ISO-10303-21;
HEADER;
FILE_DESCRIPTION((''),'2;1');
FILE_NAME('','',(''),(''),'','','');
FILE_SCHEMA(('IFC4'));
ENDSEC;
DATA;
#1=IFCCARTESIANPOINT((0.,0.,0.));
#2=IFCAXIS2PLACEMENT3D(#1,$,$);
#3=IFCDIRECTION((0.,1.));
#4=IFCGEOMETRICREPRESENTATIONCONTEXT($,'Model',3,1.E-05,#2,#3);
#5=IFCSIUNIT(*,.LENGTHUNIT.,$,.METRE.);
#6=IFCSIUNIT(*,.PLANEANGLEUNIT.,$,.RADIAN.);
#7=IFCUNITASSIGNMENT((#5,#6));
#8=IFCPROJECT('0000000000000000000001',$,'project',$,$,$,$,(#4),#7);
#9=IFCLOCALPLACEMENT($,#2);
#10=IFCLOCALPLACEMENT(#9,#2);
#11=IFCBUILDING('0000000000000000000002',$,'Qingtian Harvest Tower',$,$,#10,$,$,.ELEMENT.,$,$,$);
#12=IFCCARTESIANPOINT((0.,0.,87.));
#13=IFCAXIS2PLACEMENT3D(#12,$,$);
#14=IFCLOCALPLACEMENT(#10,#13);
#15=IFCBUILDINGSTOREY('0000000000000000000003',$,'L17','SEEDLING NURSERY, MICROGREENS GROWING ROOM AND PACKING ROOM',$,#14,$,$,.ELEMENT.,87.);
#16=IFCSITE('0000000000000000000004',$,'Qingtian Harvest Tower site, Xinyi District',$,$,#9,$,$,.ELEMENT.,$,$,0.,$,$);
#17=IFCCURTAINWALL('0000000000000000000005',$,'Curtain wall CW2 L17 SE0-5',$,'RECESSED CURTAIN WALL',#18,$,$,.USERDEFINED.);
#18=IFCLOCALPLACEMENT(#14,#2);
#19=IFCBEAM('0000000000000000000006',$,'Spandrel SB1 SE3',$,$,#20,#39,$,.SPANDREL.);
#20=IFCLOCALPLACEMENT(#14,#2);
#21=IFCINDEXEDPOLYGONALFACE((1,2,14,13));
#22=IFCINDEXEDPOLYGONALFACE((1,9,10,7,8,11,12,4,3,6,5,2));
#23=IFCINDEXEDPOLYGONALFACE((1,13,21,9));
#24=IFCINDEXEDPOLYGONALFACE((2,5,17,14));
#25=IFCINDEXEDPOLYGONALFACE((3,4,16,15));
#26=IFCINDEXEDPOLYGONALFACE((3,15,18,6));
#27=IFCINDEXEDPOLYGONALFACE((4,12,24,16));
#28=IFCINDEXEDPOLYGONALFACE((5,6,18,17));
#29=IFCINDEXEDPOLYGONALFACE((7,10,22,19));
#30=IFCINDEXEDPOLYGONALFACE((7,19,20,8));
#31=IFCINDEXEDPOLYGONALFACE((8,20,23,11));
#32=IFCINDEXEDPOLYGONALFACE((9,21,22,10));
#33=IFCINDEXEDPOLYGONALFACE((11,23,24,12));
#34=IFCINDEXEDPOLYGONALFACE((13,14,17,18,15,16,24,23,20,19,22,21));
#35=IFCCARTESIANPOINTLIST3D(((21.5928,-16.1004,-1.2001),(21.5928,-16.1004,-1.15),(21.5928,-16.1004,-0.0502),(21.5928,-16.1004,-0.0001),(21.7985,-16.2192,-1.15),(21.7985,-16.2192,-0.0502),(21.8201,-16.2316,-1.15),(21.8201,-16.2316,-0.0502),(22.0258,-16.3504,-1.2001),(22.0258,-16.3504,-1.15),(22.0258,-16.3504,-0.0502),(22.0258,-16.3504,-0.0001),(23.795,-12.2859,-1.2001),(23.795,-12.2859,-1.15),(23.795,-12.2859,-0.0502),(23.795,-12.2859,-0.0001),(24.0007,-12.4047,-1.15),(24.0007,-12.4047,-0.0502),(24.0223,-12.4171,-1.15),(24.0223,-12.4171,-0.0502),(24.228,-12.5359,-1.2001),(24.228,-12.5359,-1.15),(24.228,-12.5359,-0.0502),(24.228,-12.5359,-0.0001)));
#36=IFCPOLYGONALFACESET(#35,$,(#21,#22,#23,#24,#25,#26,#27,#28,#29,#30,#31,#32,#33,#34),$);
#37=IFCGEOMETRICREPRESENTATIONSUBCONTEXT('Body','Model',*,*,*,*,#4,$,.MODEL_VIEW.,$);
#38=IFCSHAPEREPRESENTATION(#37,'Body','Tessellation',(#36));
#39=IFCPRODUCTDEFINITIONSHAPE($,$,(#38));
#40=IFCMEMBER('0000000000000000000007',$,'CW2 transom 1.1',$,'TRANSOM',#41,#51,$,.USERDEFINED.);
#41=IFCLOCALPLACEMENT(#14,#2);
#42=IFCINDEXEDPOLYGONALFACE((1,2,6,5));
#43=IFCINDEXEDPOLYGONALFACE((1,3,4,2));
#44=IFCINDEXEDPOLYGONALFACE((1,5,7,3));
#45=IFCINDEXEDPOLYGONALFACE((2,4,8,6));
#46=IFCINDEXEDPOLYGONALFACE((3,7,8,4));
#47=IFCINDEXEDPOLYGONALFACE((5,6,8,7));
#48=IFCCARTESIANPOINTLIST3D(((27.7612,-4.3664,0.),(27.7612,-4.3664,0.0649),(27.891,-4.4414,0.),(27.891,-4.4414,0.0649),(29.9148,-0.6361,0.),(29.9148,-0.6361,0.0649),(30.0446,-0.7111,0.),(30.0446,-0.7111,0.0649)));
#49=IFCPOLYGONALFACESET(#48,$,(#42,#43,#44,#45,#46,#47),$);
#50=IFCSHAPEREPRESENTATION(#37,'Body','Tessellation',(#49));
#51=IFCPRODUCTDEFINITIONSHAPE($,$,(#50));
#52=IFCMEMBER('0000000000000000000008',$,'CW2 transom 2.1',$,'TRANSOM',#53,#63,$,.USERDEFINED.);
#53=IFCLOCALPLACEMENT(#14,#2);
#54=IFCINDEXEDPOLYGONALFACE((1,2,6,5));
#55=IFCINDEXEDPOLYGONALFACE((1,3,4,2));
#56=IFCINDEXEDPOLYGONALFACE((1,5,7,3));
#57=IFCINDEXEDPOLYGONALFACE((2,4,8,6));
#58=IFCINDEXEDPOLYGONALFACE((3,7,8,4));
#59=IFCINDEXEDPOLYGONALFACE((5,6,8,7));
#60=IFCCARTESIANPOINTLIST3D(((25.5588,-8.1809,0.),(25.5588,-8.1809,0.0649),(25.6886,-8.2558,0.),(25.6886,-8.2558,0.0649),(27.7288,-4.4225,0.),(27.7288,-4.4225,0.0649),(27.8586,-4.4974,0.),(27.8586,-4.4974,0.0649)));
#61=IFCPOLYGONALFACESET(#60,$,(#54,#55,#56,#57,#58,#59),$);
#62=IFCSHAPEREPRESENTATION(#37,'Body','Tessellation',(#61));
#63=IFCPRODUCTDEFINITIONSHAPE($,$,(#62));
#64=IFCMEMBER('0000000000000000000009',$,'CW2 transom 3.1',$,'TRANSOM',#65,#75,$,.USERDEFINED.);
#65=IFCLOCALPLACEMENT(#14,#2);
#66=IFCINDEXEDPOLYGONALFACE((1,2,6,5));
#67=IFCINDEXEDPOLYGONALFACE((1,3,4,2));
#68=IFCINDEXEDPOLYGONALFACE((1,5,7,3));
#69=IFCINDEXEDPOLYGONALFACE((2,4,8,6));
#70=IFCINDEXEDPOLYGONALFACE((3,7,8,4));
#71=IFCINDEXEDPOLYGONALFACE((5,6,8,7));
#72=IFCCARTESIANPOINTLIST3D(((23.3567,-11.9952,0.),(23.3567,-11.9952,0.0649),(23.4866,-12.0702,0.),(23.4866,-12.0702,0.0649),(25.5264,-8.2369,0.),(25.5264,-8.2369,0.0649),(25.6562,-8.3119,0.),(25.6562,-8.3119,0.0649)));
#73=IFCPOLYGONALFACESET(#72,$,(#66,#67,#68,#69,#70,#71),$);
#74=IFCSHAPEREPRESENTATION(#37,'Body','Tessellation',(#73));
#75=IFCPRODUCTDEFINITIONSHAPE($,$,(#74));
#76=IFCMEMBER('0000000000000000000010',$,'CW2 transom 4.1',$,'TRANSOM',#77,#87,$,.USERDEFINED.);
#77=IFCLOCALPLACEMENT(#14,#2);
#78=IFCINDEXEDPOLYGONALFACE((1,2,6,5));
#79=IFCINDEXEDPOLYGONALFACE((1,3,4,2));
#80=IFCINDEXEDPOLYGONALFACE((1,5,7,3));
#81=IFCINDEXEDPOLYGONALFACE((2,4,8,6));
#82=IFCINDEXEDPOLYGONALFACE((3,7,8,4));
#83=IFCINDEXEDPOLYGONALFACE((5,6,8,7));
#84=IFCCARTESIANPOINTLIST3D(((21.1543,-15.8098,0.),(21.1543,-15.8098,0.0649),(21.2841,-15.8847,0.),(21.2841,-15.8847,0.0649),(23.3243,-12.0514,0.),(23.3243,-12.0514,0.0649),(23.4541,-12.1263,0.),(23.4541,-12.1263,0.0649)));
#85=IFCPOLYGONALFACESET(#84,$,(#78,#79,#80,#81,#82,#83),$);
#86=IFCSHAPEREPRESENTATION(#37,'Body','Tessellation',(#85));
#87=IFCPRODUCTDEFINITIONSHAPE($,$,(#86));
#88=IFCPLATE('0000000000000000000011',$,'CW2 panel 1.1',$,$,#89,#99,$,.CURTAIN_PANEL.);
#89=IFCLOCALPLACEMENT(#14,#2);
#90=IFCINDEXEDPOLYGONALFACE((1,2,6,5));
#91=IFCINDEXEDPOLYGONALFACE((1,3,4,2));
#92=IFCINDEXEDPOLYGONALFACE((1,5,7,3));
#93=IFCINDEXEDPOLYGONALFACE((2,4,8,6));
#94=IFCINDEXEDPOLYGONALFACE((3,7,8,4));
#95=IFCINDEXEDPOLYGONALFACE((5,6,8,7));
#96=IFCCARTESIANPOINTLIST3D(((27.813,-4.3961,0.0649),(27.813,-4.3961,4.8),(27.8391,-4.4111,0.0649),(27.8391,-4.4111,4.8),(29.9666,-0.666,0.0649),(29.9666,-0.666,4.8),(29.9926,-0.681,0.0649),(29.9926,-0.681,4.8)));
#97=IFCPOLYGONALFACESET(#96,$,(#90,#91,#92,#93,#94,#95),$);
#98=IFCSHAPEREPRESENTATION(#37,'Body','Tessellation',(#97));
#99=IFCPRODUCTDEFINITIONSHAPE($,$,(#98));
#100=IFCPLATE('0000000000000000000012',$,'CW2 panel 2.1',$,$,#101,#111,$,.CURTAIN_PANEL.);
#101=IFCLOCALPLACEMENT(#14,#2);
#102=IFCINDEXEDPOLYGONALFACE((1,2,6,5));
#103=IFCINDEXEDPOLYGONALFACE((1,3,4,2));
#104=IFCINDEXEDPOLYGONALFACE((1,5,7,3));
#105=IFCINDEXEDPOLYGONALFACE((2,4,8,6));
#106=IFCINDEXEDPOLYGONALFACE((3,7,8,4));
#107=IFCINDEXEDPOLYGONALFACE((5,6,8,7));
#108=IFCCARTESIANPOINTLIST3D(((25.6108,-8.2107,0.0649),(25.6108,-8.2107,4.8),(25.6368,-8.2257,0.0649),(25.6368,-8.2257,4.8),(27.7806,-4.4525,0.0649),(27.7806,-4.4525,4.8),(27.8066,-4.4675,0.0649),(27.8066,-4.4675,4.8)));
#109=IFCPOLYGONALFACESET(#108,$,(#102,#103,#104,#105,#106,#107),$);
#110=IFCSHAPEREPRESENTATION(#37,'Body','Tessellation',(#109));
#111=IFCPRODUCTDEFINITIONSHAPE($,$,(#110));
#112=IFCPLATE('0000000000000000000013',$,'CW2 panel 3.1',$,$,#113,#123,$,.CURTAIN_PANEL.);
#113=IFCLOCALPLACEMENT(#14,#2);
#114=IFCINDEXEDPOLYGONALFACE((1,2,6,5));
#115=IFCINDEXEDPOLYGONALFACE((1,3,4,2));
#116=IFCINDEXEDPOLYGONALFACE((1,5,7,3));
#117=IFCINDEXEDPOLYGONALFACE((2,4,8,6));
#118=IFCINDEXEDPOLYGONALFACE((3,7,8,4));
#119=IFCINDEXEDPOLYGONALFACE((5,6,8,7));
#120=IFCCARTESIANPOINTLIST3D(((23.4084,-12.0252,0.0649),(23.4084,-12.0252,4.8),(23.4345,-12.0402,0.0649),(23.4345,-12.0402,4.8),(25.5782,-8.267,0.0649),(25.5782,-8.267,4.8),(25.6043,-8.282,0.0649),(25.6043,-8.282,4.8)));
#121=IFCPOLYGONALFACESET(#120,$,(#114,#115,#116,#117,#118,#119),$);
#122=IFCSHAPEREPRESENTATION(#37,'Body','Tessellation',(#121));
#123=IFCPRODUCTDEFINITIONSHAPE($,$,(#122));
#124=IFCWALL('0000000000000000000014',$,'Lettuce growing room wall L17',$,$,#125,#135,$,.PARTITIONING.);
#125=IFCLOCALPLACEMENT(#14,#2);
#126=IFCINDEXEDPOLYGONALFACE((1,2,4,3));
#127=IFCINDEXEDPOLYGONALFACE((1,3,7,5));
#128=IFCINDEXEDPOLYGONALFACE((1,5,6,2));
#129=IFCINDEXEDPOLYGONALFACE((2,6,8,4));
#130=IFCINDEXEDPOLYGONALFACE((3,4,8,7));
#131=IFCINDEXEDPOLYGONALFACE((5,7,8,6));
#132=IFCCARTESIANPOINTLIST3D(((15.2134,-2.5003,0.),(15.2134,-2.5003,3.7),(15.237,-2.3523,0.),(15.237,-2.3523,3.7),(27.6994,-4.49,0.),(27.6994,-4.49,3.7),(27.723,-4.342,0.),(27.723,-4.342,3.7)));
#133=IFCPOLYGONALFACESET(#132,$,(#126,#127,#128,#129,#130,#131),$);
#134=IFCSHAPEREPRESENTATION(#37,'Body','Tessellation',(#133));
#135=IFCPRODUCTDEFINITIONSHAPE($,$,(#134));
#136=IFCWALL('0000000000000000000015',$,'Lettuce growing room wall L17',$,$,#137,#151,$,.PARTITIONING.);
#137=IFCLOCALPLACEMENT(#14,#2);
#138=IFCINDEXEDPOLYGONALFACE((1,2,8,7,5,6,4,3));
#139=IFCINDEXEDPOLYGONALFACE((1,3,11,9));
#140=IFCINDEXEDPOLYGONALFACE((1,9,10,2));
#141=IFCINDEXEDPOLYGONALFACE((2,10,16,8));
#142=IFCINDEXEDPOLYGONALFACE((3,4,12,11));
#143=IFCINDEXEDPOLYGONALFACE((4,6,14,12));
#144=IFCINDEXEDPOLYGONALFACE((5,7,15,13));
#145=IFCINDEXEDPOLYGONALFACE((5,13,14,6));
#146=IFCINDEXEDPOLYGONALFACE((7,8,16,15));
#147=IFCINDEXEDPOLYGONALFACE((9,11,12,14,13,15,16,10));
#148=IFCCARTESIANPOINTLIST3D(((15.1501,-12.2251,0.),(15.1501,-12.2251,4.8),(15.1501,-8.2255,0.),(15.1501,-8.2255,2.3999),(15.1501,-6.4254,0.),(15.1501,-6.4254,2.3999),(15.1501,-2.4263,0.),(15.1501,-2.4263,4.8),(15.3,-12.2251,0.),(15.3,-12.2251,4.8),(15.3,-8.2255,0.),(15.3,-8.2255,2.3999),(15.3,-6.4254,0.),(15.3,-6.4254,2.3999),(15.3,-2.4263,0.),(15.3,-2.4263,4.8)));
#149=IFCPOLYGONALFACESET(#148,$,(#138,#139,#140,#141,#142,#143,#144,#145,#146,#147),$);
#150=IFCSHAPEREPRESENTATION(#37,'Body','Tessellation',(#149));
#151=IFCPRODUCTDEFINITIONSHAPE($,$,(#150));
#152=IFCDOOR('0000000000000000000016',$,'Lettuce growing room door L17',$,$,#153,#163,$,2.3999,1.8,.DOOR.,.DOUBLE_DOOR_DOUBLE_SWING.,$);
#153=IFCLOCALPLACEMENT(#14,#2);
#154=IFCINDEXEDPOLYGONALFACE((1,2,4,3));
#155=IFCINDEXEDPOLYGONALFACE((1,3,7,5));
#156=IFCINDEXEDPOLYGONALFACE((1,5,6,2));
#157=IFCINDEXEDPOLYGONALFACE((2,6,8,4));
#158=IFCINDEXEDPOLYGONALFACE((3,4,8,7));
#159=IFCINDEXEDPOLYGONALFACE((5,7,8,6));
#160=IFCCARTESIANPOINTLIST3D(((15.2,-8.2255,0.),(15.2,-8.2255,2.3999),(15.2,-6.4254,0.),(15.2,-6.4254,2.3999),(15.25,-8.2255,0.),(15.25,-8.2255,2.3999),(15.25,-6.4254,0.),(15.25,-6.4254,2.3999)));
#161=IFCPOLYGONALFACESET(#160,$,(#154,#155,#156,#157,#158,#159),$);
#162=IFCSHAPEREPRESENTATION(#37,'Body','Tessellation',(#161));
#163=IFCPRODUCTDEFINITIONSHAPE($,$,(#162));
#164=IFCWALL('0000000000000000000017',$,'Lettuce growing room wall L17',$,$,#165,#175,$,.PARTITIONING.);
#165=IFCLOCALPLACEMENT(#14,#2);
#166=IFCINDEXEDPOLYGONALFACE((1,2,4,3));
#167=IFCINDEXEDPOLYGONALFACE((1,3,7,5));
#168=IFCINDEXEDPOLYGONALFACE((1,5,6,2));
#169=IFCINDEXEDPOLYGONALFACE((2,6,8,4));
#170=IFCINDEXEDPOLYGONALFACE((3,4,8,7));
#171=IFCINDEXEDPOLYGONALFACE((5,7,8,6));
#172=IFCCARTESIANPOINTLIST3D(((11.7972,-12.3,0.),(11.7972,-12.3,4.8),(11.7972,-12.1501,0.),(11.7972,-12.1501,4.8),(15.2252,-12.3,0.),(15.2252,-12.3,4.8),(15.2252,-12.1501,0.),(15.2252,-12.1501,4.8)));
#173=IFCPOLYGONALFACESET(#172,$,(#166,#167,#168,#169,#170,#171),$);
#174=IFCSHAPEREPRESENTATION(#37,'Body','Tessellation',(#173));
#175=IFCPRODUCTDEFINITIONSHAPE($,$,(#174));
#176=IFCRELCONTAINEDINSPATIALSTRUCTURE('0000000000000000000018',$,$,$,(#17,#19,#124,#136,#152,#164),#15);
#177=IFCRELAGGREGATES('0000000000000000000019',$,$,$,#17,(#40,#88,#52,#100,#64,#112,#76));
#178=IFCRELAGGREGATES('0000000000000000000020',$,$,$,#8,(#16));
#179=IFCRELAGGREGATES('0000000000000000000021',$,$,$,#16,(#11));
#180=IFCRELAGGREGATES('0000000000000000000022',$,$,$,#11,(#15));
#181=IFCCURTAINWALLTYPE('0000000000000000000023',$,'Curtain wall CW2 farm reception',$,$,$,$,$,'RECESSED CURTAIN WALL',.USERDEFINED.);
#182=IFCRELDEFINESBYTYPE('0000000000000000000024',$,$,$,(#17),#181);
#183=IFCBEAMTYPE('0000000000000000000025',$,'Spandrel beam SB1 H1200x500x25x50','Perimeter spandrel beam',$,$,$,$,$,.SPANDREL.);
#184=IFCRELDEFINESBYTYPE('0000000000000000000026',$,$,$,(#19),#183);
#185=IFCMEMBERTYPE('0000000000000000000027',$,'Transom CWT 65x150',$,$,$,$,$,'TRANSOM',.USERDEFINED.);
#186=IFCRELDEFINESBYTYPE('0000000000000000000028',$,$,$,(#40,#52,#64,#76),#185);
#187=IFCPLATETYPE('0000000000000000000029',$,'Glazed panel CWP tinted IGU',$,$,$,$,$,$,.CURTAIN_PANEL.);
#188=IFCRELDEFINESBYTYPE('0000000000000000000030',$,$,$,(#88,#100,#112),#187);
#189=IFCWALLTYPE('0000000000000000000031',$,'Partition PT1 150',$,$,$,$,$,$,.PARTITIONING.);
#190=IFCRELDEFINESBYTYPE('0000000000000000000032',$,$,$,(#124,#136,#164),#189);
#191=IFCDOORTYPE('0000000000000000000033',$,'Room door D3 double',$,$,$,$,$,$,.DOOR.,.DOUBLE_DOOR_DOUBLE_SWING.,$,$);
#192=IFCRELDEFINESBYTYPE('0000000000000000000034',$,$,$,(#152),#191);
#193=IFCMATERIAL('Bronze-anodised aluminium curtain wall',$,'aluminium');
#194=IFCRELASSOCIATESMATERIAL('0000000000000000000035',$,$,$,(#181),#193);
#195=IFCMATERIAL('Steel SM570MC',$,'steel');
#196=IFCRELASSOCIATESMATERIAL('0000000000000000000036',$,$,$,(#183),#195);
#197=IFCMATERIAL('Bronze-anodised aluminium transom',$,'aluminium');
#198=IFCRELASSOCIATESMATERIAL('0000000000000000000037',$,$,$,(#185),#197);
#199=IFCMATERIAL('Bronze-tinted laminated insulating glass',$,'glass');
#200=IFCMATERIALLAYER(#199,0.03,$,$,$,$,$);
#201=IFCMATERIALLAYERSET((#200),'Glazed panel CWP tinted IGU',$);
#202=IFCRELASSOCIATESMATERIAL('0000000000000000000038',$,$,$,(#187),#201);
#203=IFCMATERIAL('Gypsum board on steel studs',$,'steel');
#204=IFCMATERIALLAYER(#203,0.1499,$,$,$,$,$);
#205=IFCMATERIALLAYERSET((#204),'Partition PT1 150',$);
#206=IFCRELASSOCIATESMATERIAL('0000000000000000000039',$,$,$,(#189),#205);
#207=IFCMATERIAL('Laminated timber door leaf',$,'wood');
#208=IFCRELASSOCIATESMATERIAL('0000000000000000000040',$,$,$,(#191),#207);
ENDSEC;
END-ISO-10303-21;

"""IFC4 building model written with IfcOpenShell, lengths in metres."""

from ifc_helpers import new_model, si_unit, direction, frame, frame_2d, origin, origin_2d, place, context, subcontext, project, spatial, rectangle, i_section, extrude, material, layer, layer_set, material_profile, profile_set, type_object, element, fill, aggregate, save


model = new_model("IFC4")

# Units and contexts
model_context = context("Model", 3, precision=1e-05, world=origin(), true_north=direction((0.0, 1.0)))
body_context = subcontext(model_context, "Body", "Model", "MODEL_VIEW")
ifc_project = project(units=[si_unit("LENGTHUNIT", "METRE"), si_unit("PLANEANGLEUNIT", "RADIAN")], contexts=[model_context])

# Site, building, storey
site_placement = place(None, origin())
site = spatial("IfcSite", under=ifc_project, at=site_placement, Name="Qingtian Harvest Tower site, Xinyi District", CompositionType="ELEMENT", RefElevation=0.0)
building_placement = place(site_placement, origin())
building = spatial("IfcBuilding", under=site, at=building_placement, Name="Qingtian Harvest Tower", CompositionType="ELEMENT")
storey_placement = place(building_placement, frame((0.0, 0.0, 87.0)))
storey = spatial("IfcBuildingStorey", under=building, at=storey_placement, Name="L17", Description="SEEDLING NURSERY, MICROGREENS GROWING ROOM AND PACKING ROOM", CompositionType="ELEMENT", Elevation=87.0)

# Shared definitions
ifc_material_1 = material(Name="Bronze-anodised aluminium curtain wall", Category="aluminium")
curtain_wall_type = type_object("IfcCurtainWallType", Name="Curtain wall CW2 farm reception", ElementType="RECESSED CURTAIN WALL", PredefinedType="USERDEFINED", material=ifc_material_1)

# Curtain wall
curtain_wall_1_placement = place(storey_placement, origin())
curtain_wall_1 = element("IfcCurtainWall", 1, at=curtain_wall_1_placement, inside=storey, type_object=curtain_wall_type, Name="Curtain wall CW2 L17 SE0-5", ObjectType="RECESSED CURTAIN WALL", PredefinedType="USERDEFINED")

# Beam
ifc_material_2 = material(Name="Steel SM570MC", Category="steel")
ifc_material_profile_1 = material_profile(ifc_material_2, i_section(OverallWidth=0.5, OverallDepth=1.2, WebThickness=0.0249, FlangeThickness=0.05, at=origin_2d()), Name="H1200x500x25x50")
ifc_profile_set_1 = profile_set([ifc_material_profile_1], Name="Steel SM570MC")
beam_type_1 = type_object("IfcBeamType", Name="Spandrel beam SB1 H1200x500x25x50", Description="Perimeter spandrel beam", PredefinedType="SPANDREL", material=ifc_profile_set_1)
for number, where, z_axis, x_axis, name in (
    (2, (24.0115, -12.4109, -0.6001), (-0.499978, -0.866038, 0.0), (0.866038, -0.499978, 0.0), "Spandrel SB1 SE3"),
):
    element("IfcBeam", number, at=place(storey_placement, frame(where, z_axis=z_axis, x_axis=x_axis)), inside=storey, type_object=beam_type_1, Name=name, PredefinedType="SPANDREL", context=body_context, shape_type="SweptSolid", body=[
        extrude(i_section(OverallWidth=0.5, OverallDepth=1.2, WebThickness=0.0249, FlangeThickness=0.05, at=origin_2d()), origin(), (0.0, 0.0, 1.0), 4.4045),
    ])

# Members
ifc_material_3 = material(Name="Bronze-anodised aluminium transom", Category="aluminium")
ifc_material_profile_2 = material_profile(ifc_material_3, rectangle(XDim=0.1499, YDim=0.0649, at=origin_2d()), Name="AL 65x150")
ifc_profile_set_2 = profile_set([ifc_material_profile_2], Name="Bronze-anodised aluminium transom")
member_type_1 = type_object("IfcMemberType", Name="Transom CWT 65x150", ElementType="TRANSOM", PredefinedType="USERDEFINED", material=ifc_profile_set_2)
member_1_placement = place(storey_placement, frame((29.9797, -0.6736, 0.0325), z_axis=(-0.499986, -0.866034, 0.0), x_axis=(0.866034, -0.499986, 0.0)))
member_1 = element("IfcMember", 3, at=member_1_placement, type_object=member_type_1, Name="CW2 transom 1.1", ObjectType="TRANSOM", PredefinedType="USERDEFINED", context=body_context, shape_type="SweptSolid", body=[
    extrude(rectangle(XDim=0.1499, YDim=0.0649, at=origin_2d()), origin(), (0.0, 0.0, 1.0), 4.3074),
])
member_2_placement = place(storey_placement, frame((27.7937, -4.46, 0.0325), z_axis=(-0.500011, -0.866019, 0.0), x_axis=(0.866019, -0.500011, 0.0)))
member_2 = element("IfcMember", 4, at=member_2_placement, type_object=member_type_1, Name="CW2 transom 2.1", ObjectType="TRANSOM", PredefinedType="USERDEFINED", context=body_context, shape_type="SweptSolid", body=[
    extrude(rectangle(XDim=0.1499, YDim=0.0649, at=origin_2d()), origin(), (0.0, 0.0, 1.0), 4.3398),
])
member_3_placement = place(storey_placement, frame((25.5913, -8.2744, 0.0325), z_axis=(-0.499969, -0.866043, 0.0), x_axis=(0.866043, -0.499969, 0.0)))
member_3 = element("IfcMember", 5, at=member_3_placement, type_object=member_type_1, Name="CW2 transom 3.1", ObjectType="TRANSOM", PredefinedType="USERDEFINED", context=body_context, shape_type="SweptSolid", body=[
    extrude(rectangle(XDim=0.1499, YDim=0.0649, at=origin_2d()), origin(), (0.0, 0.0, 1.0), 4.3396),
])
member_4_placement = place(storey_placement, frame((23.3892, -12.0889, 0.0325), z_axis=(-0.500011, -0.866019, 0.0), x_axis=(0.866019, -0.500011, 0.0)))
member_4 = element("IfcMember", 6, at=member_4_placement, type_object=member_type_1, Name="CW2 transom 4.1", ObjectType="TRANSOM", PredefinedType="USERDEFINED", context=body_context, shape_type="SweptSolid", body=[
    extrude(rectangle(XDim=0.1499, YDim=0.0649, at=origin_2d()), origin(), (0.0, 0.0, 1.0), 4.3398),
])

# Plates
ifc_material_4 = material(Name="Bronze-tinted laminated insulating glass", Category="glass")
ifc_layer_1 = layer(ifc_material_4, 0.03)
ifc_layer_set_1 = layer_set([ifc_layer_1], Name="Glazed panel CWP tinted IGU")
plate_type = type_object("IfcPlateType", Name="Glazed panel CWP tinted IGU", PredefinedType="CURTAIN_PANEL", material=ifc_layer_set_1)
plate_1_placement = place(storey_placement, frame((28.9028, -2.5386, 0.0649), z_axis=(0.0, 0.0, 1.0), x_axis=(-0.5, -0.866025, 0.0)))
plate_1 = element("IfcPlate", 7, at=plate_1_placement, type_object=plate_type, Name="CW2 panel 1.1", PredefinedType="CURTAIN_PANEL", context=body_context, shape_type="SweptSolid", body=[
    extrude(rectangle(XDim=4.3071, YDim=0.03, at=origin_2d()), origin(), (0.0, 0.0, 1.0), 4.7351),
])
plate_2_placement = place(storey_placement, frame((26.7087, -6.3391, 0.0649), z_axis=(0.0, 0.0, 1.0), x_axis=(-0.5, -0.866025, 0.0)))
plate_2 = element("IfcPlate", 8, at=plate_2_placement, type_object=plate_type, Name="CW2 panel 2.1", PredefinedType="CURTAIN_PANEL", context=body_context, shape_type="SweptSolid", body=[
    extrude(rectangle(XDim=4.3396, YDim=0.03, at=origin_2d()), origin(), (0.0, 0.0, 1.0), 4.7351),
])
plate_3_placement = place(storey_placement, frame((24.5063, -10.1536, 0.0649), z_axis=(0.0, 0.0, 1.0), x_axis=(-0.5, -0.866025, 0.0)))
plate_3 = element("IfcPlate", 9, at=plate_3_placement, type_object=plate_type, Name="CW2 panel 3.1", PredefinedType="CURTAIN_PANEL", context=body_context, shape_type="SweptSolid", body=[
    extrude(rectangle(XDim=4.3396, YDim=0.03, at=origin_2d()), origin(), (0.0, 0.0, 1.0), 4.7351),
])
aggregate(curtain_wall_1, [member_1, plate_1, member_2, plate_2, member_3, plate_3, member_4])

# Wall
ifc_material_5 = material(Name="Gypsum board on steel studs", Category="steel")
ifc_layer_2 = layer(ifc_material_5, 0.1499)
ifc_layer_set_2 = layer_set([ifc_layer_2], Name="Partition PT1 150")
wall_type = type_object("IfcWallType", Name="Partition PT1 150", PredefinedType="PARTITIONING", material=ifc_layer_set_2)
wall_1_placement = place(storey_placement, frame((27.7112, -4.416, 0.0), z_axis=(0.0, 0.0, 1.0), x_axis=(-0.987539, 0.157371, 0.0)))
element("IfcWall", 10, at=wall_1_placement, inside=storey, type_object=wall_type, Name="Lettuce growing room wall L17", PredefinedType="PARTITIONING", context=body_context, shape_type="SweptSolid", body=[
    extrude(rectangle(XDim=12.6436, YDim=0.1499, at=frame_2d((6.3218, 0.0))), origin(), (0.0, 0.0, 1.0), 3.7),
])

# Wall, opening, door
wall_2_placement = place(storey_placement, frame((15.2251, -2.4263, 0.0), z_axis=(0.0, 0.0, 1.0), x_axis=(0.0, -1.0, 0.0)))
wall_2 = element("IfcWall", 11, at=wall_2_placement, inside=storey, type_object=wall_type, Name="Lettuce growing room wall L17", PredefinedType="PARTITIONING", context=body_context, shape_type="SweptSolid", body=[
    extrude(rectangle(XDim=9.7988, YDim=0.1499, at=frame_2d((4.8994, 0.0))), origin(), (0.0, 0.0, 1.0), 4.8),
])
opening_placement = place(wall_2_placement, frame((3.9993, 0.0, 0.0)))
opening = element("IfcOpeningElement", 12, at=opening_placement, cuts=wall_2, PredefinedType="OPENING", context=body_context, shape_type="SweptSolid", body=[
    extrude(rectangle(XDim=1.8, YDim=2.3999, at=frame_2d((0.8999, 1.2))), frame((0.0, 0.085, 0.0), z_axis=(0.0, -1.0, 0.0), x_axis=(1.0, 0.0, 0.0)), (0.0, 0.0, 1.0), 0.1699),
])
ifc_material_6 = material(Name="Laminated timber door leaf", Category="wood")
door_type = type_object("IfcDoorType", Name="Room door D3 double", OperationType="DOUBLE_DOOR_DOUBLE_SWING", PredefinedType="DOOR", material=ifc_material_6)
door_placement = place(opening_placement, origin())
door = element("IfcDoor", 13, at=door_placement, inside=storey, type_object=door_type, Name="Lettuce growing room door L17", OperationType="DOUBLE_DOOR_DOUBLE_SWING", OverallHeight=2.3999, OverallWidth=1.8, PredefinedType="DOOR", context=body_context, shape_type="SweptSolid", body=[
    extrude(rectangle(XDim=1.8, YDim=2.3999, at=frame_2d((0.8999, 1.2))), frame((0.0, 0.0249, 0.0), z_axis=(0.0, -1.0, 0.0), x_axis=(1.0, 0.0, 0.0)), (0.0, 0.0, 1.0), 0.05),
])
fill(opening, door)

# Wall
wall_3_placement = place(storey_placement, frame((15.2251, -12.2251, 0.0), z_axis=(0.0, 0.0, 1.0), x_axis=(-1.0, 0.0, 0.0)))
element("IfcWall", 14, at=wall_3_placement, inside=storey, type_object=wall_type, Name="Lettuce growing room wall L17", PredefinedType="PARTITIONING", context=body_context, shape_type="SweptSolid", body=[
    extrude(rectangle(XDim=3.428, YDim=0.1499, at=frame_2d((1.7139, 0.0))), origin(), (0.0, 0.0, 1.0), 4.8),
])

save(model, "model.ifc")
